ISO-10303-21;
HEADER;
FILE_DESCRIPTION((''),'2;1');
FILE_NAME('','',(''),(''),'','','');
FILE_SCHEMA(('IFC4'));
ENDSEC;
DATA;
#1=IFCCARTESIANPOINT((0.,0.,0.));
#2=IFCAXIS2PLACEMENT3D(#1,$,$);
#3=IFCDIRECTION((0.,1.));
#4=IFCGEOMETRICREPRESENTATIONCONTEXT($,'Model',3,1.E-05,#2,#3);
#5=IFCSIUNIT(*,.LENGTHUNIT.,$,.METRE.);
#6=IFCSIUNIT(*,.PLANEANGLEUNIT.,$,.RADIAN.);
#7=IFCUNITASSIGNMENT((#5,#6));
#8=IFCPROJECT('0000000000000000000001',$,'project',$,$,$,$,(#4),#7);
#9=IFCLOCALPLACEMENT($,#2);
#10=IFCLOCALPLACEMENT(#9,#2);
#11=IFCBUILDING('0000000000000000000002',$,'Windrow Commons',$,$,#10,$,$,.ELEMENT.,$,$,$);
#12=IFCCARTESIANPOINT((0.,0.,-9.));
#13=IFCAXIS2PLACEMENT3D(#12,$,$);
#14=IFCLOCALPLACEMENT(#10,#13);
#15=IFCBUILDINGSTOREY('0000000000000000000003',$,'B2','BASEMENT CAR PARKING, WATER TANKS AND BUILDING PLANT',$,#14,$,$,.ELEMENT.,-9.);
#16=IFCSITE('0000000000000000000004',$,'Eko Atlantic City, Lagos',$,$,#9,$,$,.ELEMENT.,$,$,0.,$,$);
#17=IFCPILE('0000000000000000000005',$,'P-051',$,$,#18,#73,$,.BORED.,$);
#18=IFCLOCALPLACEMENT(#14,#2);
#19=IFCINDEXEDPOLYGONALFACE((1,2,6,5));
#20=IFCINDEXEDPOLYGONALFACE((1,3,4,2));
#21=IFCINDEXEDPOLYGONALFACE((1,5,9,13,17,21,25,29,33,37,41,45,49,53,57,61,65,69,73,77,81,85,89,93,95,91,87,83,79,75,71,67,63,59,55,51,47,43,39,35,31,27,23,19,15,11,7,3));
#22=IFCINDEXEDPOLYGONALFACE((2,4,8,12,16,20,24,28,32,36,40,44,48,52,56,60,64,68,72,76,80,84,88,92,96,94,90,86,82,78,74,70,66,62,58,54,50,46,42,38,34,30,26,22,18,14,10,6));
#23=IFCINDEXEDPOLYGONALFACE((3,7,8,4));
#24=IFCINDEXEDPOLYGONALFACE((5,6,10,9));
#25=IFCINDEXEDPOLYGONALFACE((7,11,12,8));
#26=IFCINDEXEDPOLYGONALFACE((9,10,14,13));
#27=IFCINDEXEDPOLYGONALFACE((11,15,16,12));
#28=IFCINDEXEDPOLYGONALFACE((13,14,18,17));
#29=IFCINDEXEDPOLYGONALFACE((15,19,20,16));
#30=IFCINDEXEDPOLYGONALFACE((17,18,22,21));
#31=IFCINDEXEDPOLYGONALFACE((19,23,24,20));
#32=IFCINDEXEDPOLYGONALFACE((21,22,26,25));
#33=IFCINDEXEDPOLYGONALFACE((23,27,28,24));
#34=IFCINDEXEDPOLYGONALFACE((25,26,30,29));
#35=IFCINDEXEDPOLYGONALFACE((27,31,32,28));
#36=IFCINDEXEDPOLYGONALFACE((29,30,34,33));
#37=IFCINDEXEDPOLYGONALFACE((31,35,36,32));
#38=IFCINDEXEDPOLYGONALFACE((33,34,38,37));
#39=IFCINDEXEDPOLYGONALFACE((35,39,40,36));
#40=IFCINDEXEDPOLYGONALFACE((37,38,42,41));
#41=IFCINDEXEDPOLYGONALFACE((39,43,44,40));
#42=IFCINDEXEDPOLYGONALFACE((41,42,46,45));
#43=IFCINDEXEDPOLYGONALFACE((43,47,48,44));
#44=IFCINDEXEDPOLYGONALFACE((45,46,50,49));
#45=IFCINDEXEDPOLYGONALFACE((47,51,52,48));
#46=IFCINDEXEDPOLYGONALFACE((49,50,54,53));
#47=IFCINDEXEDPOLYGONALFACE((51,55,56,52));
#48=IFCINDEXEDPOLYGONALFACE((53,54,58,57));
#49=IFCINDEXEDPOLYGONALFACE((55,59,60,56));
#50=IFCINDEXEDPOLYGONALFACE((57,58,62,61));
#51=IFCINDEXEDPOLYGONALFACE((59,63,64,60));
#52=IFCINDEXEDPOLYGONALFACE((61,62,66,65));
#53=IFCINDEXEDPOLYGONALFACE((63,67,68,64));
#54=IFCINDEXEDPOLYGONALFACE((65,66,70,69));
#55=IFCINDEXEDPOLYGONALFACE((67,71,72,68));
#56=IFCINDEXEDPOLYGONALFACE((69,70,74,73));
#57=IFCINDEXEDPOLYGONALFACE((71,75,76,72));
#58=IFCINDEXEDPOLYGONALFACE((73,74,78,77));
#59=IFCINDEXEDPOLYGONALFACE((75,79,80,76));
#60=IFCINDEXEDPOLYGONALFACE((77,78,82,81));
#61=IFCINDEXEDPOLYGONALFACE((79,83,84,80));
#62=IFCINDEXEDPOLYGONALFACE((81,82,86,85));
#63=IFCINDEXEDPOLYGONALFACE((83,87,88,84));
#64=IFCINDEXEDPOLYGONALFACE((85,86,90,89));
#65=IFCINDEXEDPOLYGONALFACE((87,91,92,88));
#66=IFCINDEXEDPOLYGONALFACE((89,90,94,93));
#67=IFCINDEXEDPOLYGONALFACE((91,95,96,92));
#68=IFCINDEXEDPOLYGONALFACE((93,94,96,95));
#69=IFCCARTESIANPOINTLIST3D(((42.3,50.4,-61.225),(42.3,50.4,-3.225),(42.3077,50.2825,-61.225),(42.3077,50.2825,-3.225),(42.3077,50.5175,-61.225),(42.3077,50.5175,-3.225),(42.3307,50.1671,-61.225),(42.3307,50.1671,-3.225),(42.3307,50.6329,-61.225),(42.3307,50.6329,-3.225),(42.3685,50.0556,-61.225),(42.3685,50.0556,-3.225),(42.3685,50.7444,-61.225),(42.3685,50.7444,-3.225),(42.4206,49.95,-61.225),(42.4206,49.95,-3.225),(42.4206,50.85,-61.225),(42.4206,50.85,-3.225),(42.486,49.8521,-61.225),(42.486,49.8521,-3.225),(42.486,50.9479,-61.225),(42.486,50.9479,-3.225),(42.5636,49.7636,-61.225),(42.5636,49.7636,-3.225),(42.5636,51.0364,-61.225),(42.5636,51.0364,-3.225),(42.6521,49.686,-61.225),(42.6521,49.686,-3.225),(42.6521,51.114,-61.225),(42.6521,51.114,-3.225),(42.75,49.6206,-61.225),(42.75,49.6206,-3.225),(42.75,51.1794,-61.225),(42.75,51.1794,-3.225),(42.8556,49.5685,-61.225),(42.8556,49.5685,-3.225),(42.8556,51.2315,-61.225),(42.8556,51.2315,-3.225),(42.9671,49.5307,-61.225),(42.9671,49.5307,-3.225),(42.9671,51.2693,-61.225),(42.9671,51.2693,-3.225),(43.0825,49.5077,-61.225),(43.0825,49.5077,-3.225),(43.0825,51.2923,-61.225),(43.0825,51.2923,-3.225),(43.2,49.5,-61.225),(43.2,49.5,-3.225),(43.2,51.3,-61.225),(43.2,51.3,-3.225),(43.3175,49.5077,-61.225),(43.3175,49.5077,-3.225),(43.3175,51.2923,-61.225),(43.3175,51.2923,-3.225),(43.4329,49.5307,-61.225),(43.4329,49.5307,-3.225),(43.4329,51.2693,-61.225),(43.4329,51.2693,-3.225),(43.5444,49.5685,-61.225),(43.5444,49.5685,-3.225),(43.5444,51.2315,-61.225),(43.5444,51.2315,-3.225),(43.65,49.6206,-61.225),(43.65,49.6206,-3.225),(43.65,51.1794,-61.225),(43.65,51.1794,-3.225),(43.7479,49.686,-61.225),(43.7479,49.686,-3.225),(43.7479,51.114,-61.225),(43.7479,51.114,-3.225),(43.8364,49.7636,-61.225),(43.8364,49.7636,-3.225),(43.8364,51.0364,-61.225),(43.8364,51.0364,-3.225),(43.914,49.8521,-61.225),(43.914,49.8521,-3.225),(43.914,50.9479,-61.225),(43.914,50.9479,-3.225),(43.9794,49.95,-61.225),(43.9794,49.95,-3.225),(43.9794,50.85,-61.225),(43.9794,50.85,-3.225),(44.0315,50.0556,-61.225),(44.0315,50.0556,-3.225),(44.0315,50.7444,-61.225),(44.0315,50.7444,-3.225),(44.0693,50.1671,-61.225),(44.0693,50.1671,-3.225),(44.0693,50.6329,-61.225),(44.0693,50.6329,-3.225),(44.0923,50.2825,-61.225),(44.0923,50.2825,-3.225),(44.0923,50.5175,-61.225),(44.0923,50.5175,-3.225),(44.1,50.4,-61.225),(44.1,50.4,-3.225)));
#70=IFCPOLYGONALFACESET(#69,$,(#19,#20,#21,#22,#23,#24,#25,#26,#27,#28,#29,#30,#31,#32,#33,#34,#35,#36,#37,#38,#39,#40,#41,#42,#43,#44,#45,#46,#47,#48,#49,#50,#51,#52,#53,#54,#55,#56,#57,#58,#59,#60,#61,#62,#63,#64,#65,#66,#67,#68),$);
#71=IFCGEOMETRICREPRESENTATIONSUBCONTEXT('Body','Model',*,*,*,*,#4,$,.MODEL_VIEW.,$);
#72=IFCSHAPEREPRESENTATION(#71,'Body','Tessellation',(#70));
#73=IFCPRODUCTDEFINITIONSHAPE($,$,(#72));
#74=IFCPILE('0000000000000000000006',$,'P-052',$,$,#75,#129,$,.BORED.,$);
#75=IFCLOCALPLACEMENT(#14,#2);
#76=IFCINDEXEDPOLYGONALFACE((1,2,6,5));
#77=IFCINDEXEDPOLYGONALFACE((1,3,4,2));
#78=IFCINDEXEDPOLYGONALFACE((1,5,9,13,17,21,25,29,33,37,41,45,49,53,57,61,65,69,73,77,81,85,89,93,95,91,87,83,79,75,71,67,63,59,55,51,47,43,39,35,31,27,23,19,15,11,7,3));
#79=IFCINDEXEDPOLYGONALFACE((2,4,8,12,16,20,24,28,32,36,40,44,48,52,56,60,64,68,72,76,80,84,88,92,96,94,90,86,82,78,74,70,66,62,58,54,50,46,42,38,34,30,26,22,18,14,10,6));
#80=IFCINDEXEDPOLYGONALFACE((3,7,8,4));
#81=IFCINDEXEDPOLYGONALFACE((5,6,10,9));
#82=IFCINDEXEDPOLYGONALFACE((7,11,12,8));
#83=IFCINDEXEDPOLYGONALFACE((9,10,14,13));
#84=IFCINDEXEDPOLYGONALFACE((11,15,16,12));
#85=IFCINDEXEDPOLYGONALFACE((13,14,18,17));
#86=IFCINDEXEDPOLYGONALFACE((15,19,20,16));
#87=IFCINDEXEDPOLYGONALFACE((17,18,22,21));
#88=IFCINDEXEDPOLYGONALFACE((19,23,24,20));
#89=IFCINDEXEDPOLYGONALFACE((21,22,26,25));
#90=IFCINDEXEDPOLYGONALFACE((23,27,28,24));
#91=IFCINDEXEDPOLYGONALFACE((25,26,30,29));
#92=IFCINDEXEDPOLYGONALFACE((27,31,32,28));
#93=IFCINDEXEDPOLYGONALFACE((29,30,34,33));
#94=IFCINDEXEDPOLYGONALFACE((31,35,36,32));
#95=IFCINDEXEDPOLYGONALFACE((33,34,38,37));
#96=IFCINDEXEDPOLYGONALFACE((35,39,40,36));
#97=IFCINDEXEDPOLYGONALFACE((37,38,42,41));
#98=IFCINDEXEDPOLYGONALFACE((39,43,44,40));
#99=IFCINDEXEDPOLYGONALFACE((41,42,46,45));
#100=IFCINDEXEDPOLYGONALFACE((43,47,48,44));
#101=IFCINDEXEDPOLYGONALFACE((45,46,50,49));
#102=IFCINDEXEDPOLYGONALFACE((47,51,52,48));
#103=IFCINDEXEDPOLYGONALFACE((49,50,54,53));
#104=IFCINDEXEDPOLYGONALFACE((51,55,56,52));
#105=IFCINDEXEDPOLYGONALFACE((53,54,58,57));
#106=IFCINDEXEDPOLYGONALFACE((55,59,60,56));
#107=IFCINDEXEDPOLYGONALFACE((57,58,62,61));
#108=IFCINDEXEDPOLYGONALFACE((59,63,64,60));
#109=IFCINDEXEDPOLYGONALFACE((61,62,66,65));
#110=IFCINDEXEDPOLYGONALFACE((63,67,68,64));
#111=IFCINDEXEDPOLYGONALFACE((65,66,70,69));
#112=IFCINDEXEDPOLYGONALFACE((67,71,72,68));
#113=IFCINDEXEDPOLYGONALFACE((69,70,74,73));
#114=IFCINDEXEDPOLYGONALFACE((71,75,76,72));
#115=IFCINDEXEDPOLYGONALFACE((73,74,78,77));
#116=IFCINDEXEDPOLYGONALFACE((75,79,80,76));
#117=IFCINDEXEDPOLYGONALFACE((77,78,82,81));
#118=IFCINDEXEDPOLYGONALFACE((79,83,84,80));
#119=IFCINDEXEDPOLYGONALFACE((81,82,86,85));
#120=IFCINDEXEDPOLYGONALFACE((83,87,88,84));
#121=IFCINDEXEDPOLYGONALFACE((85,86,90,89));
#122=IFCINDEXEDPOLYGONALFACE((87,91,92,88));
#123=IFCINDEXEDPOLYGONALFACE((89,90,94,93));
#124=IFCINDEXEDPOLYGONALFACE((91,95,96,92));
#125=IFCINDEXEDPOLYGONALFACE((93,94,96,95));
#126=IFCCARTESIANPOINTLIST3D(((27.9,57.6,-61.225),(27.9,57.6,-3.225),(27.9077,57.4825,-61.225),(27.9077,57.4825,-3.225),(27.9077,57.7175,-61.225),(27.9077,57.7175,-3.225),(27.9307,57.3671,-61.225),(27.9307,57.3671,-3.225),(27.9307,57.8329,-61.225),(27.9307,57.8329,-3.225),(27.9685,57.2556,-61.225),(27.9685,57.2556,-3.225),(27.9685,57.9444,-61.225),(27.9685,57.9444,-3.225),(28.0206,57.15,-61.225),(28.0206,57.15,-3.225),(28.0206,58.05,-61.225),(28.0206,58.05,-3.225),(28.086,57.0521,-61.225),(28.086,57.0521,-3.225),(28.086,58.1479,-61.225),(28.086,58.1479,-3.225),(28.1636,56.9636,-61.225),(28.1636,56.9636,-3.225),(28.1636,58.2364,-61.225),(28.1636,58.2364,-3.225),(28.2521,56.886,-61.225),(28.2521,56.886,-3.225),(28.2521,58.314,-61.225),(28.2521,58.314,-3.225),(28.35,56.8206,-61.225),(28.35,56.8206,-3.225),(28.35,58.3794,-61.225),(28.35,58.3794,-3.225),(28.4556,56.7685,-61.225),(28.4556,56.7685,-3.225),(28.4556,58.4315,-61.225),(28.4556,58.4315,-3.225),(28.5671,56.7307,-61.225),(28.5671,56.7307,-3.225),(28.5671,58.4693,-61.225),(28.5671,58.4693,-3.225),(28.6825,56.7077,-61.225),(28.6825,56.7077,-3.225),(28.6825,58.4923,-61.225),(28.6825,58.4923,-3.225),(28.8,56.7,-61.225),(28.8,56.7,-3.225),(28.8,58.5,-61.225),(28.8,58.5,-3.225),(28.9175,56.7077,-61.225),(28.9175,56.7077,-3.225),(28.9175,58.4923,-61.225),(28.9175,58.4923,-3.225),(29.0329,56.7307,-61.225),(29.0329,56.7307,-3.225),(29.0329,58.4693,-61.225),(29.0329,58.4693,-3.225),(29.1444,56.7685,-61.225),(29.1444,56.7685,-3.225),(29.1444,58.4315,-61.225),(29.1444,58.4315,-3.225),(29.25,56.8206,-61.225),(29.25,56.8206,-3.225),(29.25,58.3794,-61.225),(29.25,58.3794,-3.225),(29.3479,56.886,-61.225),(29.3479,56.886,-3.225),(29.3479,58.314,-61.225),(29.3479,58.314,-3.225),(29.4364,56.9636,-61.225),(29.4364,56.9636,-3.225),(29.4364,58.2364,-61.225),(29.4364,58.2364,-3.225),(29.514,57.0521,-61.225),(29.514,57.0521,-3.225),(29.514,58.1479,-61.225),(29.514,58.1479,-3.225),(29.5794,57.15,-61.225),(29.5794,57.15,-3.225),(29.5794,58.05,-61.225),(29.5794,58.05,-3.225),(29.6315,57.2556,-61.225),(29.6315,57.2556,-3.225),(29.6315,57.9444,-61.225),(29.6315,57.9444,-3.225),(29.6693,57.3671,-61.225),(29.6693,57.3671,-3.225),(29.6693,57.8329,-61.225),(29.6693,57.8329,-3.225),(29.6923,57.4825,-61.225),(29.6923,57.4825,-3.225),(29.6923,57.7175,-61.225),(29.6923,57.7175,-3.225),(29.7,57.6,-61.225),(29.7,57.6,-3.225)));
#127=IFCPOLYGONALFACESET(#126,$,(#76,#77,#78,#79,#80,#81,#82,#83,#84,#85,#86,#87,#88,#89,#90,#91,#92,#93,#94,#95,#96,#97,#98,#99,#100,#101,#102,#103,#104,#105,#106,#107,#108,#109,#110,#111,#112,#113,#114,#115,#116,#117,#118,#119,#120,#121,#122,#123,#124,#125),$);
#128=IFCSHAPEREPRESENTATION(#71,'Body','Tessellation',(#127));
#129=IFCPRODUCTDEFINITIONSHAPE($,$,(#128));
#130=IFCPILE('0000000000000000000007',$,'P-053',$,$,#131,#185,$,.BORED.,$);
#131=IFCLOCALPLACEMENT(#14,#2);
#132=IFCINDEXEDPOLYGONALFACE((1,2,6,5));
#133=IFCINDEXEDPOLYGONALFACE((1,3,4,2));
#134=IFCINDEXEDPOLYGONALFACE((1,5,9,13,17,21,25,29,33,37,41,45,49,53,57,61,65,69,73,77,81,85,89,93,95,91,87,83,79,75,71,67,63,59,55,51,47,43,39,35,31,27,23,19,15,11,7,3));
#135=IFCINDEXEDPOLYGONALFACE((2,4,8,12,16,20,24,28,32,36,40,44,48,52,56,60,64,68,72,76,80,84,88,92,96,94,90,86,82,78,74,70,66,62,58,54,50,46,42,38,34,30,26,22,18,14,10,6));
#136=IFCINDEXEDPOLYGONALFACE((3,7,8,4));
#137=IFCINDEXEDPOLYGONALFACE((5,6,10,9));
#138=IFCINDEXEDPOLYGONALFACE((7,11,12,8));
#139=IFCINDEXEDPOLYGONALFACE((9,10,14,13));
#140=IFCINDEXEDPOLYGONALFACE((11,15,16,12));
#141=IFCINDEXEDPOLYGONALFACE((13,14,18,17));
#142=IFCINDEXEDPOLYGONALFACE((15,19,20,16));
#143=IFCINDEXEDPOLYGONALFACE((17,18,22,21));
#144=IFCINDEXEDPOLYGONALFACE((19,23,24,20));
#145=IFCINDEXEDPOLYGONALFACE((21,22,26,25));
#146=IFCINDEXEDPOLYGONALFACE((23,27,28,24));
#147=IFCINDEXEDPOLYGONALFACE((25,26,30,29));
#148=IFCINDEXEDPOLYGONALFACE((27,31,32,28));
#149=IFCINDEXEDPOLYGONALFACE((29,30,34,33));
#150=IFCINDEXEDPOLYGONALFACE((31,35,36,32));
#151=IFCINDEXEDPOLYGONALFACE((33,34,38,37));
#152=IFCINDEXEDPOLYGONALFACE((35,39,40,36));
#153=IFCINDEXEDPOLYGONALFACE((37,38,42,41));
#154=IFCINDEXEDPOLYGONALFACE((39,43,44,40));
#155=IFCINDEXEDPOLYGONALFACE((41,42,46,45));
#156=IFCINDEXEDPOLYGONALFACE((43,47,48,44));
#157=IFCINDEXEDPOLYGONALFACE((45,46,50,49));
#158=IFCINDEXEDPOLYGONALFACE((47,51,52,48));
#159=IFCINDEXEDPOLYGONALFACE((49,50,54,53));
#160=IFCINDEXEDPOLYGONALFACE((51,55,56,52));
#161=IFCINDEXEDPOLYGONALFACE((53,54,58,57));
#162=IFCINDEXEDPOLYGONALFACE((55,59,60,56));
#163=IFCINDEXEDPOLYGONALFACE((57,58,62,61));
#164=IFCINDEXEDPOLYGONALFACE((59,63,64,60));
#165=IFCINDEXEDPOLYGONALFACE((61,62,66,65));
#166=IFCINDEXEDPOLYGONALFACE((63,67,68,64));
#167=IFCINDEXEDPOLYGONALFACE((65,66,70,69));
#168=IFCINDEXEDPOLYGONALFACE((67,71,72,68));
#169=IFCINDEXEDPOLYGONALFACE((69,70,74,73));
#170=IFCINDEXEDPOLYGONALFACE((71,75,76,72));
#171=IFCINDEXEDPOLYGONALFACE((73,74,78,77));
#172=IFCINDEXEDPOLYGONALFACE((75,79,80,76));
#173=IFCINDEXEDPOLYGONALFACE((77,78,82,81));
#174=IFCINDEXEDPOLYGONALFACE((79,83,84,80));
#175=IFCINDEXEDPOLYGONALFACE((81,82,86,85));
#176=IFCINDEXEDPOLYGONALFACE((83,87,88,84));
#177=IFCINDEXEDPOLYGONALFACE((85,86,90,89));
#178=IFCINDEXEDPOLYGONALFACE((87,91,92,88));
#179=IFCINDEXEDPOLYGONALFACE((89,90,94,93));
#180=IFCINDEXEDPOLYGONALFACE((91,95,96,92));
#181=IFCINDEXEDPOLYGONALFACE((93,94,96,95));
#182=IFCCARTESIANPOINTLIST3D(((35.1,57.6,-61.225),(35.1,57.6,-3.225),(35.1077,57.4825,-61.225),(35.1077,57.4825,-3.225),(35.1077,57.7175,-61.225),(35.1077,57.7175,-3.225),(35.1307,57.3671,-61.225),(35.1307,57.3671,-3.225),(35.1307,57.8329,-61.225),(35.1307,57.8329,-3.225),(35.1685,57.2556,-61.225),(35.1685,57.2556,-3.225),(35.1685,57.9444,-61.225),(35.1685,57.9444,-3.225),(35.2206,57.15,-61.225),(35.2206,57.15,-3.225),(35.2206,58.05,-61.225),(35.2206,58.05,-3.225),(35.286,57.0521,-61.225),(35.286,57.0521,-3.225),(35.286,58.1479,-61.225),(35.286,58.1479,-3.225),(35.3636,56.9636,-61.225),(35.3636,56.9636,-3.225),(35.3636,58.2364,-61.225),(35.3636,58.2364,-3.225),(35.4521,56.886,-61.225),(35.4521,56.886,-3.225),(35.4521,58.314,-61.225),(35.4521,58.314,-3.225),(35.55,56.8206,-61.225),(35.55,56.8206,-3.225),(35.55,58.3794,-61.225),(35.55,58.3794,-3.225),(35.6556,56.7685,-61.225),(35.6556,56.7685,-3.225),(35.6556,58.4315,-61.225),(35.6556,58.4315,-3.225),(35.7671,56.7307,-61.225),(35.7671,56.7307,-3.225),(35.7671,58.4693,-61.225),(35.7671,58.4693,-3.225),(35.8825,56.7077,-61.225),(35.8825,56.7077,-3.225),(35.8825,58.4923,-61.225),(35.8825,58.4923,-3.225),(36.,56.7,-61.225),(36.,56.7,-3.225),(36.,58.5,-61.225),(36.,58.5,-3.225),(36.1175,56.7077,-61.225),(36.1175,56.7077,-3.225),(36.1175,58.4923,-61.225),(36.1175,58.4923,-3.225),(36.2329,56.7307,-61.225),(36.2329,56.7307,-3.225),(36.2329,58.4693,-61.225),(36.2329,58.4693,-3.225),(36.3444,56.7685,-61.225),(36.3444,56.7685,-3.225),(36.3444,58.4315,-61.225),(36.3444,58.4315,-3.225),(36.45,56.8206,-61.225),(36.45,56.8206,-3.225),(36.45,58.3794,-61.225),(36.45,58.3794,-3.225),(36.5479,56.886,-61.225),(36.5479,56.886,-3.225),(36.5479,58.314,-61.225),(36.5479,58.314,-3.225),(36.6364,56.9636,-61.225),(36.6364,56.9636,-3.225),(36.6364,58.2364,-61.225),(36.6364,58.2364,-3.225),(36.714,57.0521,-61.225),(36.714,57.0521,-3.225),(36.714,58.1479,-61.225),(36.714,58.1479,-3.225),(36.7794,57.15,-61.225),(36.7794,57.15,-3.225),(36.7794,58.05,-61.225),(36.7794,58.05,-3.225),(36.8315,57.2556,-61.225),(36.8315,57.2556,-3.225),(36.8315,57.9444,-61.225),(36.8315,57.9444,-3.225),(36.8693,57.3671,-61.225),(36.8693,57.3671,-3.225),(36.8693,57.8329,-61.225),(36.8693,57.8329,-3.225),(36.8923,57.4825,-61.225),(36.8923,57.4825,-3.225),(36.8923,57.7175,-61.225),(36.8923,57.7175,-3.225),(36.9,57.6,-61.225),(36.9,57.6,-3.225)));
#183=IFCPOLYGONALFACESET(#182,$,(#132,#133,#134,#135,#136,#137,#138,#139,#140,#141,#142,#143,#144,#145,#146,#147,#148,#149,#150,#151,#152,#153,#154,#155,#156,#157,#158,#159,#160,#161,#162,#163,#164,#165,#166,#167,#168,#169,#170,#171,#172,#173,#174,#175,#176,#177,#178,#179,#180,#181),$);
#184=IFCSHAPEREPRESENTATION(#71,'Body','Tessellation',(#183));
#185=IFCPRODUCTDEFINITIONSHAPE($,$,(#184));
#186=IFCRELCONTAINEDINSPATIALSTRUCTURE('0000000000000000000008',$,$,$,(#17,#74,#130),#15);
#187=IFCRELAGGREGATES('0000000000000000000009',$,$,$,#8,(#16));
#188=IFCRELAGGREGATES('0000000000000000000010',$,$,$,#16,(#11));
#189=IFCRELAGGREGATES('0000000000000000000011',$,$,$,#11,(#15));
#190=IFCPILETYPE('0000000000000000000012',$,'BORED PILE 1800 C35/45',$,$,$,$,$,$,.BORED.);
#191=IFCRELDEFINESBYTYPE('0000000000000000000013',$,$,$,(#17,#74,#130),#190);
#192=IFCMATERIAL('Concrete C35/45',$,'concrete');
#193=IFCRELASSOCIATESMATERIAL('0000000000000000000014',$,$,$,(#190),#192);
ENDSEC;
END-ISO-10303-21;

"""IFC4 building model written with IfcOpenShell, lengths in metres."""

from ifc_helpers import new_model, si_unit, direction, frame, origin, origin_2d, place, context, subcontext, project, spatial, circle, extrude, material, material_profile, profile_set, type_object, element, save


model = new_model("IFC4")

# Units and contexts
model_context = context("Model", 3, precision=1e-05, world=origin(), true_north=direction((0.0, 1.0)))
body_context = subcontext(model_context, "Body", "Model", "MODEL_VIEW")
ifc_project = project(units=[si_unit("LENGTHUNIT", "METRE"), si_unit("PLANEANGLEUNIT", "RADIAN")], contexts=[model_context])

# Site, building, storey
site_placement = place(None, origin())
site = spatial("IfcSite", under=ifc_project, at=site_placement, Name="Eko Atlantic City, Lagos", CompositionType="ELEMENT", RefElevation=0.0)
building_placement = place(site_placement, origin())
building = spatial("IfcBuilding", under=site, at=building_placement, Name="Windrow Commons", CompositionType="ELEMENT")
storey_placement = place(building_placement, frame((0.0, 0.0, -9.0)))
storey = spatial("IfcBuildingStorey", under=building, at=storey_placement, Name="B2", Description="BASEMENT CAR PARKING, WATER TANKS AND BUILDING PLANT", CompositionType="ELEMENT", Elevation=-9.0)

# Piles
ifc_material_1 = material(Name="Concrete C35/45", Category="concrete")
ifc_material_profile_1 = material_profile(ifc_material_1, circle(Radius=0.9, at=origin_2d()))
ifc_profile_set_1 = profile_set([ifc_material_profile_1], Name="Concrete C35/45")
pile_type = type_object("IfcPileType", Name="BORED PILE 1800 C35/45", PredefinedType="BORED", material=ifc_profile_set_1)
for number, where, z_axis, x_axis, name in (
    (1, (43.2, 50.4, -3.225), (0.0, 0.0, -1.0), (1.0, 0.0, 0.0), "P-051"),
    (2, (28.8, 57.6, -3.225), (0.0, 0.0, -1.0), (1.0, 0.0, 0.0), "P-052"),
    (3, (36.0, 57.6, -3.225), (0.0, 0.0, -1.0), (1.0, 0.0, 0.0), "P-053"),
):
    element("IfcPile", number, at=place(storey_placement, frame(where, z_axis=z_axis, x_axis=x_axis)), inside=storey, type_object=pile_type, Name=name, PredefinedType="BORED", context=body_context, shape_type="SweptSolid", body=[
        extrude(circle(Radius=0.9, at=origin_2d()), origin(), (0.0, 0.0, 1.0), 58.0),
    ])

save(model, "model.ifc")
